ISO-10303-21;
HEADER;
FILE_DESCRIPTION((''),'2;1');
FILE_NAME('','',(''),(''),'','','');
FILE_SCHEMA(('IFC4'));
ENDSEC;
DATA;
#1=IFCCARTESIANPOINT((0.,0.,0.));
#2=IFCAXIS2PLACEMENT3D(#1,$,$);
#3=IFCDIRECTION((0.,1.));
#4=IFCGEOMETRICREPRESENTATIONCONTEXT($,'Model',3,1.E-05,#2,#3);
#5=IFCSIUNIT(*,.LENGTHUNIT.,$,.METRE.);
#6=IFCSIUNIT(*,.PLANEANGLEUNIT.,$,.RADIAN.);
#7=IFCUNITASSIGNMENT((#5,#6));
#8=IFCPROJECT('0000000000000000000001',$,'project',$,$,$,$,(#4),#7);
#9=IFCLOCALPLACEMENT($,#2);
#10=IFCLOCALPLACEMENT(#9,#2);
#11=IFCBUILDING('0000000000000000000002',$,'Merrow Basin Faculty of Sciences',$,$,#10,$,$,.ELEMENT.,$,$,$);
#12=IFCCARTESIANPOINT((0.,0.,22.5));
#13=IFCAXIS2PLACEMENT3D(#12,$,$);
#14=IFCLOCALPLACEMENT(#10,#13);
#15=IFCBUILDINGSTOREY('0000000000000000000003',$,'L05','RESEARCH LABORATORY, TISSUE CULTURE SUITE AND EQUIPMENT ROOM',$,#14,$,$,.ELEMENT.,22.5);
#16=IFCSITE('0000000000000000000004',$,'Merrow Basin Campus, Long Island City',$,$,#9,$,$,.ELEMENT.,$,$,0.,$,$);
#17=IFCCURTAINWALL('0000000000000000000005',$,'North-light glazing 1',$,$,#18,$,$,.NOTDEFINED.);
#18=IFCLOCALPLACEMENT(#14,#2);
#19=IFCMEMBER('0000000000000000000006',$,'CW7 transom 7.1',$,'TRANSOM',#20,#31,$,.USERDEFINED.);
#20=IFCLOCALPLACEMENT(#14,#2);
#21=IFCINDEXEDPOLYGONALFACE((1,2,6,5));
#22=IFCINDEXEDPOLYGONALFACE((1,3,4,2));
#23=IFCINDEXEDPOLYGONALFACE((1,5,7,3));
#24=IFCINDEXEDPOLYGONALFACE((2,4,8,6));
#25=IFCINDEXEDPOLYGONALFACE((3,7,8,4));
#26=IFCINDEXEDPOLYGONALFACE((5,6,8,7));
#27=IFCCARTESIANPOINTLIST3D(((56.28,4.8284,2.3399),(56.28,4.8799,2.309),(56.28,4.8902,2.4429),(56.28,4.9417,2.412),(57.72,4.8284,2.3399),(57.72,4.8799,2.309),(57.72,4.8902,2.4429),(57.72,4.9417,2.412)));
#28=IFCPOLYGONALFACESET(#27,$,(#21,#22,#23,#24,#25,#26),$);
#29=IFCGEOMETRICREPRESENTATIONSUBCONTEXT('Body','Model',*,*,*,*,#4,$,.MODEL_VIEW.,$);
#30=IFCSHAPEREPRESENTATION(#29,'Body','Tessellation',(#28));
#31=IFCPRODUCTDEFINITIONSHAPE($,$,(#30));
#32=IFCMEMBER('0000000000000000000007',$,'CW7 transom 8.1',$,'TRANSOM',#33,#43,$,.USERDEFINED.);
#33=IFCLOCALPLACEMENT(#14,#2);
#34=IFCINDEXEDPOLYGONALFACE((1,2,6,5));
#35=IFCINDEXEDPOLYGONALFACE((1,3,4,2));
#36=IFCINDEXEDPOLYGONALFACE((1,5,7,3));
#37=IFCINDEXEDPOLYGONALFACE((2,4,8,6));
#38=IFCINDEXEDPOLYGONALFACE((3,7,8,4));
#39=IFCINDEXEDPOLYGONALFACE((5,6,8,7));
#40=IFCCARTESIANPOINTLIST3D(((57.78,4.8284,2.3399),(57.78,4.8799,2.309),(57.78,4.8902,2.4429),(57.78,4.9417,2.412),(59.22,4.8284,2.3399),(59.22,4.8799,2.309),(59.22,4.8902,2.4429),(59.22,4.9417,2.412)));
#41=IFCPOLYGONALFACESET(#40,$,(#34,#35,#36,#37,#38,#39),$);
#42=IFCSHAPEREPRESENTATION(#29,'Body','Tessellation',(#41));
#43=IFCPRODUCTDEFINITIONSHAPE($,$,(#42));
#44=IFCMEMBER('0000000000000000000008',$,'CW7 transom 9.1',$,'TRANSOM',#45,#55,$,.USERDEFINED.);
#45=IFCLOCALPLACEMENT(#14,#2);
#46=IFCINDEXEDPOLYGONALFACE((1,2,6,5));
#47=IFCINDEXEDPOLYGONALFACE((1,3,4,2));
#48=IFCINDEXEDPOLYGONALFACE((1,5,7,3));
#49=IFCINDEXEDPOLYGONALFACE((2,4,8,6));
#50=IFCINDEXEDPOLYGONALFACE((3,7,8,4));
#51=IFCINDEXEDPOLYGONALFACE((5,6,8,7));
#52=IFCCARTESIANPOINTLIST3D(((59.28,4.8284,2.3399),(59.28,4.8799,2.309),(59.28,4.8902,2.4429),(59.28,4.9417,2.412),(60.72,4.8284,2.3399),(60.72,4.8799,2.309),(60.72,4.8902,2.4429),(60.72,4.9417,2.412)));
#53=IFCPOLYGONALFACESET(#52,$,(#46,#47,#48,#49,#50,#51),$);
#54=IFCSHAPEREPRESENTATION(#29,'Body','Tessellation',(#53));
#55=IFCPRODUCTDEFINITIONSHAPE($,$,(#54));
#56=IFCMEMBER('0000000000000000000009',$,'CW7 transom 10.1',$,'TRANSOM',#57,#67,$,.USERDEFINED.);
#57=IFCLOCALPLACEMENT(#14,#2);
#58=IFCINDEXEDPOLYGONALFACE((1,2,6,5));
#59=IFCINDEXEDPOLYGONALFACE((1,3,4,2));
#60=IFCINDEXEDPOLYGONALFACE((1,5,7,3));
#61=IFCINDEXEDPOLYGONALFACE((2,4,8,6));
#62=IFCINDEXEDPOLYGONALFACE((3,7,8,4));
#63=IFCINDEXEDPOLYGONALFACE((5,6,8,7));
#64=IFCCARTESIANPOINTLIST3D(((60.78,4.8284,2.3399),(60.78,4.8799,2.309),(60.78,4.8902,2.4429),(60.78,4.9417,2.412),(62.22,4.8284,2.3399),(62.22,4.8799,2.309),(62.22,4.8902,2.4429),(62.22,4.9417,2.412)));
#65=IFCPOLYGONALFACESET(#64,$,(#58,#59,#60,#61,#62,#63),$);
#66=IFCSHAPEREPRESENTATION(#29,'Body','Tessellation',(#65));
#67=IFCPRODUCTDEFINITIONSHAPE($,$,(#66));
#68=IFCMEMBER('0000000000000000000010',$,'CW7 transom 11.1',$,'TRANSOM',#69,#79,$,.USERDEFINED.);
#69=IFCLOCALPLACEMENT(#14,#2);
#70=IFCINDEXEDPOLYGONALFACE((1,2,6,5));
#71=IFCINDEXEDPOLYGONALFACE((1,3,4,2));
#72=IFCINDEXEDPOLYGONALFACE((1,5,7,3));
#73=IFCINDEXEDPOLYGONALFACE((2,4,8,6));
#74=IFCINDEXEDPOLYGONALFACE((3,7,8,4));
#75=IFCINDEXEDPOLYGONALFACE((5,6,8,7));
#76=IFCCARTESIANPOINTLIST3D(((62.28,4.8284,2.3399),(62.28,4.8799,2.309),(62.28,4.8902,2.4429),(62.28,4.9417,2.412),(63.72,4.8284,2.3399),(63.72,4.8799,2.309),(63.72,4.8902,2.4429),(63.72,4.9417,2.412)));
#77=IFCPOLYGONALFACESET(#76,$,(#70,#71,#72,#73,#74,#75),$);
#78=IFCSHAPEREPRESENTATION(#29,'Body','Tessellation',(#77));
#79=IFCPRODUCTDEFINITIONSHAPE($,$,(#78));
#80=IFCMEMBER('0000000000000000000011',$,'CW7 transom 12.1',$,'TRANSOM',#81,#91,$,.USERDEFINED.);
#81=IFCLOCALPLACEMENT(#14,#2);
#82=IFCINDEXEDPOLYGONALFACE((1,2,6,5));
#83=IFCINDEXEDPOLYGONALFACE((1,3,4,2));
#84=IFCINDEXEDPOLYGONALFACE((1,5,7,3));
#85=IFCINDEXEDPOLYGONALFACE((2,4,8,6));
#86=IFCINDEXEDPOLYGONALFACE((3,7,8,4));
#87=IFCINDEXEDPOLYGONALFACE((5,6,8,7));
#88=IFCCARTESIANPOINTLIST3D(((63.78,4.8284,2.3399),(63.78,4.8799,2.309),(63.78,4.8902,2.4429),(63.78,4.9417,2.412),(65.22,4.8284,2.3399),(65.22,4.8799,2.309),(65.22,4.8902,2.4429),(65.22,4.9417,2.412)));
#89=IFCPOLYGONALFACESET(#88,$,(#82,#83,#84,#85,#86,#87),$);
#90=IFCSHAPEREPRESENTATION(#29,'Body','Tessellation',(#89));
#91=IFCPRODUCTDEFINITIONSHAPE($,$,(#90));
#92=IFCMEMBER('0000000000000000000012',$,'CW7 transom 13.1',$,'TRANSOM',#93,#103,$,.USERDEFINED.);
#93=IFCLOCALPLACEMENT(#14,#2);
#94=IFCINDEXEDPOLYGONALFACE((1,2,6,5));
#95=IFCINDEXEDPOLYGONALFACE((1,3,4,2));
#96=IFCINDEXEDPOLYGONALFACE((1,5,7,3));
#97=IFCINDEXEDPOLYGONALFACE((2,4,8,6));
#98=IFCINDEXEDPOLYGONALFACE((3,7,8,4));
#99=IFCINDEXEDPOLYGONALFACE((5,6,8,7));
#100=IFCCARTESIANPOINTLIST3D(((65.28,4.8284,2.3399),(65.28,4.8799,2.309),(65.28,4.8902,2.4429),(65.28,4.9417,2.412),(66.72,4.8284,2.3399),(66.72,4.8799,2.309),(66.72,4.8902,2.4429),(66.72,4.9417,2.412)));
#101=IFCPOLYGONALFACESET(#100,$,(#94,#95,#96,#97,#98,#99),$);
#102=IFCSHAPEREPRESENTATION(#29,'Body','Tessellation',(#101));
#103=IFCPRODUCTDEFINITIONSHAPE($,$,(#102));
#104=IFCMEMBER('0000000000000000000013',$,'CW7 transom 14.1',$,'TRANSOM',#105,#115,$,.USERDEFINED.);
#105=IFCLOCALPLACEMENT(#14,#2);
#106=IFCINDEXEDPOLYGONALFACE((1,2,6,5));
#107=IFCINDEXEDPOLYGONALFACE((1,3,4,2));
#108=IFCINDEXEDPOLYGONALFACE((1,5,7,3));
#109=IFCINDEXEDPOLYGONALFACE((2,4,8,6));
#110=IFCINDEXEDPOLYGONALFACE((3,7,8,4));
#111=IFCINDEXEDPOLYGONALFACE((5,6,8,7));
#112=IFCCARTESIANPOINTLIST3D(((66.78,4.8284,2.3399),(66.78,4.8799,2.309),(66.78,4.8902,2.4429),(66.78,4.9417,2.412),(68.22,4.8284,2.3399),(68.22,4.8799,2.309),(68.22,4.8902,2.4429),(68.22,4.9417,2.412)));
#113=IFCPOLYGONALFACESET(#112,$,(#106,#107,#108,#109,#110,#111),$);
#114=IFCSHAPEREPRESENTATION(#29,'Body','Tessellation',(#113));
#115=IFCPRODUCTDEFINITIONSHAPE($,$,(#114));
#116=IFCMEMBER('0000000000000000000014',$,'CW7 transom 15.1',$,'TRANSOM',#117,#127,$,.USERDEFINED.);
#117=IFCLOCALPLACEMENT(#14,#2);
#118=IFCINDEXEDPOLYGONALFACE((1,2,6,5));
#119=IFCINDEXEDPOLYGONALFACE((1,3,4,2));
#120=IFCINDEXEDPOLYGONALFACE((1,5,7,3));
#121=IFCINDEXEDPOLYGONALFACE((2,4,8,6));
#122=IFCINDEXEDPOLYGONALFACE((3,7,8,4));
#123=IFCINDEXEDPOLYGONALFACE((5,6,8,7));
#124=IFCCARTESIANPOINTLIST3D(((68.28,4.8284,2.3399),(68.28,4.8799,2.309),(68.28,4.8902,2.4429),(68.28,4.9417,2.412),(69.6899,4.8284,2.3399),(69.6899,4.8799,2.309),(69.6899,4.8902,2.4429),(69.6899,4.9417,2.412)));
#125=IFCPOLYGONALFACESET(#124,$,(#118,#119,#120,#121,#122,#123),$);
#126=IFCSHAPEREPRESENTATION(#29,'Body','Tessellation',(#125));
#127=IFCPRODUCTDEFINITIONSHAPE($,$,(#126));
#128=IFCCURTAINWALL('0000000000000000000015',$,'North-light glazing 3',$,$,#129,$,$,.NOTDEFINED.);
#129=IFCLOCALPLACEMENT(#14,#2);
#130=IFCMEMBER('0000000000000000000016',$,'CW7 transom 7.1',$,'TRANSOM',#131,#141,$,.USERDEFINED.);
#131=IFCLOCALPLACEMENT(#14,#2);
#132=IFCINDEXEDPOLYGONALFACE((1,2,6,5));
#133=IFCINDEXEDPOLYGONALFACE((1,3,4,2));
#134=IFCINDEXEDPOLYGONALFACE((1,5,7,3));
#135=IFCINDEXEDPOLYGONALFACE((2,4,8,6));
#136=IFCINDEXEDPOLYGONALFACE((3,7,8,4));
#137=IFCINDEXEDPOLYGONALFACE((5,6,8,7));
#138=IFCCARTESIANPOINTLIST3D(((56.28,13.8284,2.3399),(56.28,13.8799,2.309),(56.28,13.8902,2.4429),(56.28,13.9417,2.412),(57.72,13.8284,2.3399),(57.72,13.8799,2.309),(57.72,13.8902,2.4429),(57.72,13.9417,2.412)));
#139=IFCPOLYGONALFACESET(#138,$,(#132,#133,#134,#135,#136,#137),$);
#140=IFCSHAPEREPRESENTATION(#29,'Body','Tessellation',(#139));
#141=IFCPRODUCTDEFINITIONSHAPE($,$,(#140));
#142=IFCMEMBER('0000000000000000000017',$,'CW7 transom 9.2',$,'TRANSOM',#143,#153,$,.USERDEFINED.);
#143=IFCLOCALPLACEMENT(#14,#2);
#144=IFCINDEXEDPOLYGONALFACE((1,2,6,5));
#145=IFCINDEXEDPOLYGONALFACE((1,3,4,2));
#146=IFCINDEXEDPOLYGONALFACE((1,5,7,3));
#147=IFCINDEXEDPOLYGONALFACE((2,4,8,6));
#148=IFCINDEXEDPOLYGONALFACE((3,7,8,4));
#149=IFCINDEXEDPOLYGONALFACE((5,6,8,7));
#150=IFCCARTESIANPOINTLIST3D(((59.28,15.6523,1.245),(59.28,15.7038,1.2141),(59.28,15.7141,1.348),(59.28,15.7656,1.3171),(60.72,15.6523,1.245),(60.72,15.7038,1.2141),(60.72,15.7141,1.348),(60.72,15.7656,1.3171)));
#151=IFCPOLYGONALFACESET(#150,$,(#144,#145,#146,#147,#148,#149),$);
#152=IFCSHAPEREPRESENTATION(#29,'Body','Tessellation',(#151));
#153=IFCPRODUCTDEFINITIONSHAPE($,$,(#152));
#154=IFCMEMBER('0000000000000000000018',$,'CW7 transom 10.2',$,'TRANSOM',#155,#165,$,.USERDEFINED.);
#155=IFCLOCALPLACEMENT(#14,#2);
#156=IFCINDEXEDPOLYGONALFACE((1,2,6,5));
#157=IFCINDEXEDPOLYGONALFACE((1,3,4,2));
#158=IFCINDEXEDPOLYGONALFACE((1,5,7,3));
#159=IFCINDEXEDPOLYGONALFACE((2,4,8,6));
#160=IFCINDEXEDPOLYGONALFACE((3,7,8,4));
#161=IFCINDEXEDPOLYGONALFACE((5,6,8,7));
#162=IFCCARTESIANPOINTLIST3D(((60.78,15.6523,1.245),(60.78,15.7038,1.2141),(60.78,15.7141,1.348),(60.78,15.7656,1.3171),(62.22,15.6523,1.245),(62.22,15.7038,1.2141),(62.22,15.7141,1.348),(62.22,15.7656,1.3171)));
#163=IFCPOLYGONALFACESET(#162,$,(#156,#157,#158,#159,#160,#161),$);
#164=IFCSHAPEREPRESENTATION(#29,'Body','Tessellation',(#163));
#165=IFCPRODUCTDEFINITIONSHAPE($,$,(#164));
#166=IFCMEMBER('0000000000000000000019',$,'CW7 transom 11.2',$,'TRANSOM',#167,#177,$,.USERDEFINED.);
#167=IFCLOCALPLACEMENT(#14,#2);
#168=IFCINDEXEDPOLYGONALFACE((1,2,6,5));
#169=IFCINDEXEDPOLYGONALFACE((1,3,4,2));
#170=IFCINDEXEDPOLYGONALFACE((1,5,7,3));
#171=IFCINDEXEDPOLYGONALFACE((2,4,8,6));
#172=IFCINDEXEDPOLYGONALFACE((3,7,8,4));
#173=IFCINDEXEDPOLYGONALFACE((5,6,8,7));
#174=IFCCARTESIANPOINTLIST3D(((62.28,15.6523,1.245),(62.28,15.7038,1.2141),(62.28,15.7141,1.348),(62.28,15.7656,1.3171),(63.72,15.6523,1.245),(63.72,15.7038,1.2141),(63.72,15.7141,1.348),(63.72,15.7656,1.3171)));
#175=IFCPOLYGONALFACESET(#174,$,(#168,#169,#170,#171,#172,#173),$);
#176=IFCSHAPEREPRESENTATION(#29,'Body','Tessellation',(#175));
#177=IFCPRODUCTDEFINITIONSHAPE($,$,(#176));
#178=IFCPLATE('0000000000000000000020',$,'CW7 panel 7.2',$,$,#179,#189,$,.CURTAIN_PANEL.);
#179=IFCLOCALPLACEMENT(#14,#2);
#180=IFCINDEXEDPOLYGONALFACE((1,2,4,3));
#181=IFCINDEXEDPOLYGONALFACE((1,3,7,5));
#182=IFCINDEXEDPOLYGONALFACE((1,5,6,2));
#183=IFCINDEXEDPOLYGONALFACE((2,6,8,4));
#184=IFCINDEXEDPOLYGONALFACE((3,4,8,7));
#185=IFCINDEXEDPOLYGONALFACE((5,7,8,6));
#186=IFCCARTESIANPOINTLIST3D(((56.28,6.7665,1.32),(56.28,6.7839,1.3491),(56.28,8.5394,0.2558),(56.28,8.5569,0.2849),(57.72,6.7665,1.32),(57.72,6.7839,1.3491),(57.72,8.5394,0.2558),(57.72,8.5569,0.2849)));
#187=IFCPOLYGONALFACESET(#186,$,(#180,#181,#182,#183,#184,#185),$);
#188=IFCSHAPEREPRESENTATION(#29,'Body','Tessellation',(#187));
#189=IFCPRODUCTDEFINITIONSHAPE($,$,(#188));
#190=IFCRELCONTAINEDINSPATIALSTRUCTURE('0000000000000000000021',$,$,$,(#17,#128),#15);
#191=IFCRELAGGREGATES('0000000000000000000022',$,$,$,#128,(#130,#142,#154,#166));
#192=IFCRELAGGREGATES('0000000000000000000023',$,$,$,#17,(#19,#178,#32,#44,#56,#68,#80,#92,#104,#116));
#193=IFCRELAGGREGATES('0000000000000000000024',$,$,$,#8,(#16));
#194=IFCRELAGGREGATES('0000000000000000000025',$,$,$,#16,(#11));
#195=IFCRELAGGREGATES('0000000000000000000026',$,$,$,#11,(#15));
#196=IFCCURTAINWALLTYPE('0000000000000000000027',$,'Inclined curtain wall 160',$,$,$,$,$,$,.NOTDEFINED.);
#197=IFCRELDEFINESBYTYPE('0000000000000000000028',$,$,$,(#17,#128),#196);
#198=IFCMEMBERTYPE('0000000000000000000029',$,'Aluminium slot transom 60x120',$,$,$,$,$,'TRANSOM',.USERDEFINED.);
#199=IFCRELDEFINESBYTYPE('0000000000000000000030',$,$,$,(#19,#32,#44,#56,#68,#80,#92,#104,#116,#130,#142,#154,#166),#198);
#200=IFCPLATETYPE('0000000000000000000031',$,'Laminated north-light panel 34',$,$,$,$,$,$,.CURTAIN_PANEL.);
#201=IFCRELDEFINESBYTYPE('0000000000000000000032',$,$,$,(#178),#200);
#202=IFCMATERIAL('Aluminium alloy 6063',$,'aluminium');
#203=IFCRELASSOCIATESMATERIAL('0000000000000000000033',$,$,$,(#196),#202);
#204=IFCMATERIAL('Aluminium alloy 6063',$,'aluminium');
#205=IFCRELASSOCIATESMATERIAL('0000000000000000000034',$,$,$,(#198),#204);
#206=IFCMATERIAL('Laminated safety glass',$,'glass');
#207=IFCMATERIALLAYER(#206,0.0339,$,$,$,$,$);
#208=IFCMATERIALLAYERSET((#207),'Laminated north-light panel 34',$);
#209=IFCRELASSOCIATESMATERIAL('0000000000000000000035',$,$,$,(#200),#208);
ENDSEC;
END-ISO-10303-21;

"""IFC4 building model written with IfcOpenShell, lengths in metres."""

from ifc_helpers import new_model, si_unit, direction, frame, origin, origin_2d, place, context, subcontext, project, spatial, polyline, rectangle, outline, extrude, material, layer, layer_set, material_profile, profile_set, type_object, element, aggregate, save


model = new_model("IFC4")

# Units and contexts
model_context = context("Model", 3, precision=1e-05, world=origin(), true_north=direction((0.0, 1.0)))
body_context = subcontext(model_context, "Body", "Model", "MODEL_VIEW")
ifc_project = project(units=[si_unit("LENGTHUNIT", "METRE"), si_unit("PLANEANGLEUNIT", "RADIAN")], contexts=[model_context])

# Site, building, storey
site_placement = place(None, origin())
site = spatial("IfcSite", under=ifc_project, at=site_placement, Name="Merrow Basin Campus, Long Island City", CompositionType="ELEMENT", RefElevation=0.0)
building_placement = place(site_placement, origin())
building = spatial("IfcBuilding", under=site, at=building_placement, Name="Merrow Basin Faculty of Sciences", CompositionType="ELEMENT")
storey_placement = place(building_placement, frame((0.0, 0.0, 22.5)))
storey = spatial("IfcBuildingStorey", under=building, at=storey_placement, Name="L05", Description="RESEARCH LABORATORY, TISSUE CULTURE SUITE AND EQUIPMENT ROOM", CompositionType="ELEMENT", Elevation=22.5)

# Curtain walls, members
ifc_material_1 = material(Name="Aluminium alloy 6063", Category="aluminium")
curtain_wall_type = type_object("IfcCurtainWallType", Name="Inclined curtain wall 160", PredefinedType="NOTDEFINED", material=ifc_material_1)
curtain_wall_1_placement = place(storey_placement, origin())
curtain_wall_1 = element("IfcCurtainWall", 1, at=curtain_wall_1_placement, inside=storey, type_object=curtain_wall_type, Name="North-light glazing 1", PredefinedType="NOTDEFINED")
ifc_material_2 = material(Name="Aluminium alloy 6063", Category="aluminium")
ifc_material_profile = material_profile(ifc_material_2, rectangle(XDim=0.0601, YDim=0.1201, at=origin_2d()))
ifc_profile_set = profile_set([ifc_material_profile], Name="Aluminium alloy 6063")
member_type = type_object("IfcMemberType", Name="Aluminium slot transom 60x120", ElementType="TRANSOM", PredefinedType="USERDEFINED", material=ifc_profile_set)
member_1_placement = place(storey_placement, frame((56.28, 4.885, 2.376), z_axis=(1.0, 0.0, 0.0), x_axis=(0.0, 0.857493, -0.514496)))
member_1 = element("IfcMember", 2, at=member_1_placement, type_object=member_type, Name="CW7 transom 7.1", ObjectType="TRANSOM", PredefinedType="USERDEFINED", context=body_context, shape_type="SweptSolid", body=[
    extrude(rectangle(XDim=0.0601, YDim=0.1201, at=origin_2d()), origin(), (0.0, 0.0, 1.0), 1.4399),
])
member_2_placement = place(storey_placement, frame((57.78, 4.885, 2.376), z_axis=(1.0, 0.0, 0.0), x_axis=(0.0, 0.857493, -0.514496)))
member_2 = element("IfcMember", 3, at=member_2_placement, type_object=member_type, Name="CW7 transom 8.1", ObjectType="TRANSOM", PredefinedType="USERDEFINED", context=body_context, shape_type="SweptSolid", body=[
    extrude(rectangle(XDim=0.0601, YDim=0.1201, at=origin_2d()), origin(), (0.0, 0.0, 1.0), 1.4399),
])
member_3_placement = place(storey_placement, frame((59.28, 4.885, 2.376), z_axis=(1.0, 0.0, 0.0), x_axis=(0.0, 0.857493, -0.514496)))
member_3 = element("IfcMember", 4, at=member_3_placement, type_object=member_type, Name="CW7 transom 9.1", ObjectType="TRANSOM", PredefinedType="USERDEFINED", context=body_context, shape_type="SweptSolid", body=[
    extrude(rectangle(XDim=0.0601, YDim=0.1201, at=origin_2d()), origin(), (0.0, 0.0, 1.0), 1.4399),
])
member_4_placement = place(storey_placement, frame((60.78, 4.885, 2.376), z_axis=(1.0, 0.0, 0.0), x_axis=(0.0, 0.857493, -0.514496)))
member_4 = element("IfcMember", 5, at=member_4_placement, type_object=member_type, Name="CW7 transom 10.1", ObjectType="TRANSOM", PredefinedType="USERDEFINED", context=body_context, shape_type="SweptSolid", body=[
    extrude(rectangle(XDim=0.0601, YDim=0.1201, at=origin_2d()), origin(), (0.0, 0.0, 1.0), 1.4399),
])
member_5_placement = place(storey_placement, frame((62.28, 4.885, 2.376), z_axis=(1.0, 0.0, 0.0), x_axis=(0.0, 0.857493, -0.514496)))
member_5 = element("IfcMember", 6, at=member_5_placement, type_object=member_type, Name="CW7 transom 11.1", ObjectType="TRANSOM", PredefinedType="USERDEFINED", context=body_context, shape_type="SweptSolid", body=[
    extrude(rectangle(XDim=0.0601, YDim=0.1201, at=origin_2d()), origin(), (0.0, 0.0, 1.0), 1.4399),
])
member_6_placement = place(storey_placement, frame((63.78, 4.885, 2.376), z_axis=(1.0, 0.0, 0.0), x_axis=(0.0, 0.857493, -0.514496)))
member_6 = element("IfcMember", 7, at=member_6_placement, type_object=member_type, Name="CW7 transom 12.1", ObjectType="TRANSOM", PredefinedType="USERDEFINED", context=body_context, shape_type="SweptSolid", body=[
    extrude(rectangle(XDim=0.0601, YDim=0.1201, at=origin_2d()), origin(), (0.0, 0.0, 1.0), 1.4399),
])
member_7_placement = place(storey_placement, frame((65.28, 4.885, 2.376), z_axis=(1.0, 0.0, 0.0), x_axis=(0.0, 0.857493, -0.514496)))
member_7 = element("IfcMember", 8, at=member_7_placement, type_object=member_type, Name="CW7 transom 13.1", ObjectType="TRANSOM", PredefinedType="USERDEFINED", context=body_context, shape_type="SweptSolid", body=[
    extrude(rectangle(XDim=0.0601, YDim=0.1201, at=origin_2d()), origin(), (0.0, 0.0, 1.0), 1.4399),
])
member_8_placement = place(storey_placement, frame((66.78, 4.885, 2.376), z_axis=(1.0, 0.0, 0.0), x_axis=(0.0, 0.857493, -0.514496)))
member_8 = element("IfcMember", 9, at=member_8_placement, type_object=member_type, Name="CW7 transom 14.1", ObjectType="TRANSOM", PredefinedType="USERDEFINED", context=body_context, shape_type="SweptSolid", body=[
    extrude(rectangle(XDim=0.0601, YDim=0.1201, at=origin_2d()), origin(), (0.0, 0.0, 1.0), 1.4399),
])
member_9_placement = place(storey_placement, frame((68.28, 4.885, 2.376), z_axis=(1.0, 0.0, 0.0), x_axis=(0.0, 0.857493, -0.514496)))
member_9 = element("IfcMember", 10, at=member_9_placement, type_object=member_type, Name="CW7 transom 15.1", ObjectType="TRANSOM", PredefinedType="USERDEFINED", context=body_context, shape_type="SweptSolid", body=[
    extrude(rectangle(XDim=0.0601, YDim=0.1201, at=origin_2d()), origin(), (0.0, 0.0, 1.0), 1.4099),
])
curtain_wall_2_placement = place(storey_placement, origin())
curtain_wall_2 = element("IfcCurtainWall", 11, at=curtain_wall_2_placement, inside=storey, type_object=curtain_wall_type, Name="North-light glazing 3", PredefinedType="NOTDEFINED")
member_10_placement = place(storey_placement, frame((56.28, 13.885, 2.376), z_axis=(1.0, 0.0, 0.0), x_axis=(0.0, 0.857493, -0.514496)))
member_10 = element("IfcMember", 12, at=member_10_placement, type_object=member_type, Name="CW7 transom 7.1", ObjectType="TRANSOM", PredefinedType="USERDEFINED", context=body_context, shape_type="SweptSolid", body=[
    extrude(rectangle(XDim=0.0601, YDim=0.1201, at=origin_2d()), origin(), (0.0, 0.0, 1.0), 1.4399),
])
member_11_placement = place(storey_placement, frame((59.28, 15.709, 1.281), z_axis=(1.0, 0.0, 0.0), x_axis=(0.0, 0.857493, -0.514496)))
member_11 = element("IfcMember", 13, at=member_11_placement, type_object=member_type, Name="CW7 transom 9.2", ObjectType="TRANSOM", PredefinedType="USERDEFINED", context=body_context, shape_type="SweptSolid", body=[
    extrude(rectangle(XDim=0.0601, YDim=0.1201, at=origin_2d()), origin(), (0.0, 0.0, 1.0), 1.4399),
])
member_12_placement = place(storey_placement, frame((60.78, 15.709, 1.281), z_axis=(1.0, 0.0, 0.0), x_axis=(0.0, 0.857493, -0.514496)))
member_12 = element("IfcMember", 14, at=member_12_placement, type_object=member_type, Name="CW7 transom 10.2", ObjectType="TRANSOM", PredefinedType="USERDEFINED", context=body_context, shape_type="SweptSolid", body=[
    extrude(rectangle(XDim=0.0601, YDim=0.1201, at=origin_2d()), origin(), (0.0, 0.0, 1.0), 1.4399),
])
member_13_placement = place(storey_placement, frame((62.28, 15.709, 1.281), z_axis=(1.0, 0.0, 0.0), x_axis=(0.0, 0.857493, -0.514496)))
member_13 = element("IfcMember", 15, at=member_13_placement, type_object=member_type, Name="CW7 transom 11.2", ObjectType="TRANSOM", PredefinedType="USERDEFINED", context=body_context, shape_type="SweptSolid", body=[
    extrude(rectangle(XDim=0.0601, YDim=0.1201, at=origin_2d()), origin(), (0.0, 0.0, 1.0), 1.4399),
])
aggregate(curtain_wall_2, [member_10, member_11, member_12, member_13])

# Plate
ifc_material_3 = material(Name="Laminated safety glass", Category="glass")
ifc_layer = layer(ifc_material_3, 0.0339)
ifc_layer_set = layer_set([ifc_layer], Name="Laminated north-light panel 34")
plate_type = type_object("IfcPlateType", Name="Laminated north-light panel 34", PredefinedType="CURTAIN_PANEL", material=ifc_layer_set)
plate_1_placement = place(storey_placement, frame((56.28, 6.7839, 1.3491), z_axis=(0.0, 0.514652, 0.857399), x_axis=(1.0, 0.0, 0.0)))
plate_1 = element("IfcPlate", 16, at=plate_1_placement, type_object=plate_type, Name="CW7 panel 7.2", PredefinedType="CURTAIN_PANEL", context=body_context, shape_type="SweptSolid", body=[
    extrude(outline(polyline([(0.0, 0.0), (1.4399, 0.0), (1.4399, 2.0678), (0.0, 2.0678), (0.0, 0.0)])), origin(), (0.0, 0.0, -1.0), 0.0339),
])
aggregate(curtain_wall_1, [member_1, plate_1, member_2, member_3, member_4, member_5, member_6, member_7, member_8, member_9])

save(model, "model.ifc")
